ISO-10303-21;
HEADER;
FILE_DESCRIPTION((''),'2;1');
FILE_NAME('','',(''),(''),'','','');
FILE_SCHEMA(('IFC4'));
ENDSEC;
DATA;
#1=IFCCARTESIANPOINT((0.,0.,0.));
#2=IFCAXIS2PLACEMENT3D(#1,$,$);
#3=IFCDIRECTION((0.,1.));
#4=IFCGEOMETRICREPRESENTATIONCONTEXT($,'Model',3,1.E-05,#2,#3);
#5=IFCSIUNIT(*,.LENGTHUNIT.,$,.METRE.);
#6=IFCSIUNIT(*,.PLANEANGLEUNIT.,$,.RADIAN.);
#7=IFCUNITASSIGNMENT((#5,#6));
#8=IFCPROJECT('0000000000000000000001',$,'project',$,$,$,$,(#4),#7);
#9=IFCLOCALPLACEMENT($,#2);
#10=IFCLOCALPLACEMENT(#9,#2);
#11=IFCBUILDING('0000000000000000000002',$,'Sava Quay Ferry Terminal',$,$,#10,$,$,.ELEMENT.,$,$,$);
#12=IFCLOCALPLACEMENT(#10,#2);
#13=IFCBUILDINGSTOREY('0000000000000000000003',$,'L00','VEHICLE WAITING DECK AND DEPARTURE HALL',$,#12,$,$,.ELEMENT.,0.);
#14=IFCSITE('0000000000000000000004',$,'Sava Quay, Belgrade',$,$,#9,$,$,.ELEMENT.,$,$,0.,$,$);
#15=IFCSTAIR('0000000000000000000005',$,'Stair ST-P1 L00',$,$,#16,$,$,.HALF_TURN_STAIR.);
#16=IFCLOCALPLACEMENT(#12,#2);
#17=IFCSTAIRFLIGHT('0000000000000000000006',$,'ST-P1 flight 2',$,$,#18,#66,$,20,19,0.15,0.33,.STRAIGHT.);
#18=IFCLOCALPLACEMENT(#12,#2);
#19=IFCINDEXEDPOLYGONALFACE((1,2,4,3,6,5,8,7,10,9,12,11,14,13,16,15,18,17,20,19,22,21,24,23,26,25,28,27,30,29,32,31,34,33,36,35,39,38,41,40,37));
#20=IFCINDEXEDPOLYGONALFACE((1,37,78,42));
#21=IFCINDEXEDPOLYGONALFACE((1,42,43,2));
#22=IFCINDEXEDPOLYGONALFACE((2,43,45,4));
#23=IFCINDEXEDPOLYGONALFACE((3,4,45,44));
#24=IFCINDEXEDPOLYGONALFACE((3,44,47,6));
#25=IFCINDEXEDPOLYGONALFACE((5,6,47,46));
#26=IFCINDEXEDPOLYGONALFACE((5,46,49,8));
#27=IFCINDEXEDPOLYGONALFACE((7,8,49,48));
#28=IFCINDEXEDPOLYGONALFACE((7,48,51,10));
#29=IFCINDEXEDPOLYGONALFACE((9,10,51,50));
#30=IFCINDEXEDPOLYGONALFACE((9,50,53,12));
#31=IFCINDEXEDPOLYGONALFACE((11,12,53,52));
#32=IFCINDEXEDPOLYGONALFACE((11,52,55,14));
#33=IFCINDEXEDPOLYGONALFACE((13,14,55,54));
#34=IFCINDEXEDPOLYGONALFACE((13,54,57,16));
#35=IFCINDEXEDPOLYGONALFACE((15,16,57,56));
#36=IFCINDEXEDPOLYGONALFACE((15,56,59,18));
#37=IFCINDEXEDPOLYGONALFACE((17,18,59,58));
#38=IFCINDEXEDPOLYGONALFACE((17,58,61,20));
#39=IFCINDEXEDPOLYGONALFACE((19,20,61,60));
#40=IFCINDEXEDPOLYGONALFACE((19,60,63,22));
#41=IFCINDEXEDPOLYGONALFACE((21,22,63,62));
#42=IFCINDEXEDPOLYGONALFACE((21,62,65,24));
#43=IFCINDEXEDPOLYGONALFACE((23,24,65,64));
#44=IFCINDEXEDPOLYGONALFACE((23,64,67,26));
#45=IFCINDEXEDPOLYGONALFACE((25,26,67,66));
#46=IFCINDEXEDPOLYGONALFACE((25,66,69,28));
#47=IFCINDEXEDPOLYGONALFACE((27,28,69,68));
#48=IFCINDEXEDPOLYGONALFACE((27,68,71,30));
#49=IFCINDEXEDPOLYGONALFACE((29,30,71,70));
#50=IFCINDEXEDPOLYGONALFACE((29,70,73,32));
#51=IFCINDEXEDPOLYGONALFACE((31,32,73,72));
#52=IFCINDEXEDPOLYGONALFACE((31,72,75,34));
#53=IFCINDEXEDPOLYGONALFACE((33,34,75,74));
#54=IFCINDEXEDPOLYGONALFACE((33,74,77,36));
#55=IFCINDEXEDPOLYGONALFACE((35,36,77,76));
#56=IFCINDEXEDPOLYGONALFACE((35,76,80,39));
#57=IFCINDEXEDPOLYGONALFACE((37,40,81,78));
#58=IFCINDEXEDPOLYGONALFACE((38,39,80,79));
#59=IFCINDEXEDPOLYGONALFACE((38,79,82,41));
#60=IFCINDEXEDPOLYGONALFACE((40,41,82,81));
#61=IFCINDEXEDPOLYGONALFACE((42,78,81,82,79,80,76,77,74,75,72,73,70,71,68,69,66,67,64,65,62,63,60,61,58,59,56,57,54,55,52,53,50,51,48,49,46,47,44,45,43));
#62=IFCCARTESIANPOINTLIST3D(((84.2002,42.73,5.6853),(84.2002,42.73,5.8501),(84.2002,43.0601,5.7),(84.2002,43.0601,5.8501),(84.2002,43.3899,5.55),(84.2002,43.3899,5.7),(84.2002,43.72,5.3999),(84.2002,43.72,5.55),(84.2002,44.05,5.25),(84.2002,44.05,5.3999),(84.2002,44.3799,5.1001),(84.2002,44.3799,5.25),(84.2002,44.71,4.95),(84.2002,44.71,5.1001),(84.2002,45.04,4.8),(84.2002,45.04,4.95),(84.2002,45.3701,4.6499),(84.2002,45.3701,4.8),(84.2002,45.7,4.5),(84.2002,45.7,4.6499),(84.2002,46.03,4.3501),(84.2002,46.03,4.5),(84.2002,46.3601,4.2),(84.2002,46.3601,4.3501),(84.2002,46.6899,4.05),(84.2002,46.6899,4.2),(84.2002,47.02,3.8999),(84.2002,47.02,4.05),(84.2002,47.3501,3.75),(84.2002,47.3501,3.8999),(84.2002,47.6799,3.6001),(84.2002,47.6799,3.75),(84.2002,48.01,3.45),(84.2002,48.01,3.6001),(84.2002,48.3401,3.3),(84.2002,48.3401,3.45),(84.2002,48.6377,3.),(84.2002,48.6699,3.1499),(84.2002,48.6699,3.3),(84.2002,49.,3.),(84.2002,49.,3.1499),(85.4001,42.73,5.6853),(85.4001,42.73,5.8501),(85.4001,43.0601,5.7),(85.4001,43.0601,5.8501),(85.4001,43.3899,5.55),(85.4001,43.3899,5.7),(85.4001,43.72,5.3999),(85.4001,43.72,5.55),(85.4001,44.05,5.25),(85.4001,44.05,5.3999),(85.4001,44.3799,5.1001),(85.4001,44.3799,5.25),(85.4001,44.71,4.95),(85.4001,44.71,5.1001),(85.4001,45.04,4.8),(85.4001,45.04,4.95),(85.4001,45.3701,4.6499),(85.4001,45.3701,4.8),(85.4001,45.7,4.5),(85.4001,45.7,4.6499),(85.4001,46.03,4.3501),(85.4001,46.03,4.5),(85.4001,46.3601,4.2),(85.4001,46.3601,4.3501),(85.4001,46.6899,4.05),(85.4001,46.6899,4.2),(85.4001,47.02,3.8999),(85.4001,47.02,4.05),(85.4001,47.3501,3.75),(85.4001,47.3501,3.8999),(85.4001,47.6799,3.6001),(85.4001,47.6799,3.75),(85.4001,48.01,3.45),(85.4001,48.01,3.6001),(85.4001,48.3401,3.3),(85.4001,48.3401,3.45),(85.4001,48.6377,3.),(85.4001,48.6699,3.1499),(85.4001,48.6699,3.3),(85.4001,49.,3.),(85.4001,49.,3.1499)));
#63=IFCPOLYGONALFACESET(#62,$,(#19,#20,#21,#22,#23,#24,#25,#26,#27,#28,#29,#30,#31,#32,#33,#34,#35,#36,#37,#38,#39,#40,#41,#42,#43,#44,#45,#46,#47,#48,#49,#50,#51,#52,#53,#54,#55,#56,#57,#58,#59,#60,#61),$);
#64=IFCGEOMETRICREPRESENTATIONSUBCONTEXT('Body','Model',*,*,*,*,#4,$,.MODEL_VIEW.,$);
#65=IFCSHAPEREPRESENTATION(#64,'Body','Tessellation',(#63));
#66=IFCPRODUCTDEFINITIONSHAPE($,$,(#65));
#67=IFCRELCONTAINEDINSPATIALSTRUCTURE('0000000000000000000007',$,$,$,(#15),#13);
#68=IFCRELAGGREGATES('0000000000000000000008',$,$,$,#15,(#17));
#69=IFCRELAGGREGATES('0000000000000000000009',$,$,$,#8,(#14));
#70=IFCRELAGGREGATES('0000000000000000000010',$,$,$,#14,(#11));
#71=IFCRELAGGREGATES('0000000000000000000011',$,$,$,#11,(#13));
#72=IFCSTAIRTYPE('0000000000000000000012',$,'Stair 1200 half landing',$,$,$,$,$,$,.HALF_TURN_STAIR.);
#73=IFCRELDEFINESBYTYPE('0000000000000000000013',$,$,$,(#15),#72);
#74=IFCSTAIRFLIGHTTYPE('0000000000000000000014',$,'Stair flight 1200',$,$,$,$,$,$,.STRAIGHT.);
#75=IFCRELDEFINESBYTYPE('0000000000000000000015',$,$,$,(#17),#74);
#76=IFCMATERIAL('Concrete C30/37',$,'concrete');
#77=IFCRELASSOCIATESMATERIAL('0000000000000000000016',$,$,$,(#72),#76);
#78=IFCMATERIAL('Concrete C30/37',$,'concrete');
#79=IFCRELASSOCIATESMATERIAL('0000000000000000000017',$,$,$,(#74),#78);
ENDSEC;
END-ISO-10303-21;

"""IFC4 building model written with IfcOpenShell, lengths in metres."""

from ifc_helpers import new_model, si_unit, direction, frame, origin, place, context, subcontext, project, spatial, polyline, outline, extrude, material, type_object, element, aggregate, save


model = new_model("IFC4")

# Units and contexts
model_context = context("Model", 3, precision=1e-05, world=origin(), true_north=direction((0.0, 1.0)))
body_context = subcontext(model_context, "Body", "Model", "MODEL_VIEW")
ifc_project = project(units=[si_unit("LENGTHUNIT", "METRE"), si_unit("PLANEANGLEUNIT", "RADIAN")], contexts=[model_context])

# Site, building, storey
site_placement = place(None, origin())
site = spatial("IfcSite", under=ifc_project, at=site_placement, Name="Sava Quay, Belgrade", CompositionType="ELEMENT", RefElevation=0.0)
building_placement = place(site_placement, origin())
building = spatial("IfcBuilding", under=site, at=building_placement, Name="Sava Quay Ferry Terminal", CompositionType="ELEMENT")
storey_placement = place(building_placement, origin())
storey = spatial("IfcBuildingStorey", under=building, at=storey_placement, Name="L00", Description="VEHICLE WAITING DECK AND DEPARTURE HALL", CompositionType="ELEMENT", Elevation=0.0)

# Stair, stair flight
ifc_material_1 = material(Name="Concrete C30/37", Category="concrete")
stair_type = type_object("IfcStairType", Name="Stair 1200 half landing", PredefinedType="HALF_TURN_STAIR", material=ifc_material_1)
stair_placement = place(storey_placement, origin())
stair = element("IfcStair", 1, at=stair_placement, inside=storey, type_object=stair_type, Name="Stair ST-P1 L00", PredefinedType="HALF_TURN_STAIR")
ifc_material_2 = material(Name="Concrete C30/37", Category="concrete")
stair_flight_type = type_object("IfcStairFlightType", Name="Stair flight 1200", PredefinedType="STRAIGHT", material=ifc_material_2)
stair_flight_placement = place(storey_placement, frame((84.8, 49.0, 3.0), z_axis=(0.0, 0.0, 1.0), x_axis=(0.0, -1.0, 0.0)))
stair_flight = element("IfcStairFlight", 2, at=stair_flight_placement, type_object=stair_flight_type, Name="ST-P1 flight 2", NumberOfRisers=20, NumberOfTreads=19, PredefinedType="STRAIGHT", RiserHeight=0.15, TreadLength=0.33, context=body_context, shape_type="SweptSolid", body=[
    extrude(outline(polyline([(0.0, 0.0), (0.0, 0.1499), (0.3301, 0.1499), (0.3301, 0.3), (0.6599, 0.3), (0.6599, 0.45), (0.99, 0.45), (0.99, 0.6001), (1.3201, 0.6001), (1.3201, 0.75), (1.6499, 0.75), (1.6499, 0.8999), (1.98, 0.8999), (1.98, 1.05), (2.3101, 1.05), (2.3101, 1.2), (2.6399, 1.2), (2.6399, 1.3501), (2.97, 1.3501), (2.97, 1.5), (3.3, 1.5), (3.3, 1.6499), (3.6299, 1.6499), (3.6299, 1.8), (3.96, 1.8), (3.96, 1.95), (4.29, 1.95), (4.29, 2.1001), (4.6201, 2.1001), (4.6201, 2.25), (4.95, 2.25), (4.95, 2.3999), (5.28, 2.3999), (5.28, 2.55), (5.6101, 2.55), (5.6101, 2.7), (5.9399, 2.7), (5.9399, 2.8501), (6.27, 2.8501), (6.27, 3.0), (6.27, 2.6853), (0.3623, 0.0), (0.0, 0.0)])), frame((0.0, 0.6001, 0.0), z_axis=(0.0, -1.0, 0.0), x_axis=(1.0, 0.0, 0.0)), (0.0, 0.0, 1.0), 1.2),
])
aggregate(stair, [stair_flight])

save(model, "model.ifc")
